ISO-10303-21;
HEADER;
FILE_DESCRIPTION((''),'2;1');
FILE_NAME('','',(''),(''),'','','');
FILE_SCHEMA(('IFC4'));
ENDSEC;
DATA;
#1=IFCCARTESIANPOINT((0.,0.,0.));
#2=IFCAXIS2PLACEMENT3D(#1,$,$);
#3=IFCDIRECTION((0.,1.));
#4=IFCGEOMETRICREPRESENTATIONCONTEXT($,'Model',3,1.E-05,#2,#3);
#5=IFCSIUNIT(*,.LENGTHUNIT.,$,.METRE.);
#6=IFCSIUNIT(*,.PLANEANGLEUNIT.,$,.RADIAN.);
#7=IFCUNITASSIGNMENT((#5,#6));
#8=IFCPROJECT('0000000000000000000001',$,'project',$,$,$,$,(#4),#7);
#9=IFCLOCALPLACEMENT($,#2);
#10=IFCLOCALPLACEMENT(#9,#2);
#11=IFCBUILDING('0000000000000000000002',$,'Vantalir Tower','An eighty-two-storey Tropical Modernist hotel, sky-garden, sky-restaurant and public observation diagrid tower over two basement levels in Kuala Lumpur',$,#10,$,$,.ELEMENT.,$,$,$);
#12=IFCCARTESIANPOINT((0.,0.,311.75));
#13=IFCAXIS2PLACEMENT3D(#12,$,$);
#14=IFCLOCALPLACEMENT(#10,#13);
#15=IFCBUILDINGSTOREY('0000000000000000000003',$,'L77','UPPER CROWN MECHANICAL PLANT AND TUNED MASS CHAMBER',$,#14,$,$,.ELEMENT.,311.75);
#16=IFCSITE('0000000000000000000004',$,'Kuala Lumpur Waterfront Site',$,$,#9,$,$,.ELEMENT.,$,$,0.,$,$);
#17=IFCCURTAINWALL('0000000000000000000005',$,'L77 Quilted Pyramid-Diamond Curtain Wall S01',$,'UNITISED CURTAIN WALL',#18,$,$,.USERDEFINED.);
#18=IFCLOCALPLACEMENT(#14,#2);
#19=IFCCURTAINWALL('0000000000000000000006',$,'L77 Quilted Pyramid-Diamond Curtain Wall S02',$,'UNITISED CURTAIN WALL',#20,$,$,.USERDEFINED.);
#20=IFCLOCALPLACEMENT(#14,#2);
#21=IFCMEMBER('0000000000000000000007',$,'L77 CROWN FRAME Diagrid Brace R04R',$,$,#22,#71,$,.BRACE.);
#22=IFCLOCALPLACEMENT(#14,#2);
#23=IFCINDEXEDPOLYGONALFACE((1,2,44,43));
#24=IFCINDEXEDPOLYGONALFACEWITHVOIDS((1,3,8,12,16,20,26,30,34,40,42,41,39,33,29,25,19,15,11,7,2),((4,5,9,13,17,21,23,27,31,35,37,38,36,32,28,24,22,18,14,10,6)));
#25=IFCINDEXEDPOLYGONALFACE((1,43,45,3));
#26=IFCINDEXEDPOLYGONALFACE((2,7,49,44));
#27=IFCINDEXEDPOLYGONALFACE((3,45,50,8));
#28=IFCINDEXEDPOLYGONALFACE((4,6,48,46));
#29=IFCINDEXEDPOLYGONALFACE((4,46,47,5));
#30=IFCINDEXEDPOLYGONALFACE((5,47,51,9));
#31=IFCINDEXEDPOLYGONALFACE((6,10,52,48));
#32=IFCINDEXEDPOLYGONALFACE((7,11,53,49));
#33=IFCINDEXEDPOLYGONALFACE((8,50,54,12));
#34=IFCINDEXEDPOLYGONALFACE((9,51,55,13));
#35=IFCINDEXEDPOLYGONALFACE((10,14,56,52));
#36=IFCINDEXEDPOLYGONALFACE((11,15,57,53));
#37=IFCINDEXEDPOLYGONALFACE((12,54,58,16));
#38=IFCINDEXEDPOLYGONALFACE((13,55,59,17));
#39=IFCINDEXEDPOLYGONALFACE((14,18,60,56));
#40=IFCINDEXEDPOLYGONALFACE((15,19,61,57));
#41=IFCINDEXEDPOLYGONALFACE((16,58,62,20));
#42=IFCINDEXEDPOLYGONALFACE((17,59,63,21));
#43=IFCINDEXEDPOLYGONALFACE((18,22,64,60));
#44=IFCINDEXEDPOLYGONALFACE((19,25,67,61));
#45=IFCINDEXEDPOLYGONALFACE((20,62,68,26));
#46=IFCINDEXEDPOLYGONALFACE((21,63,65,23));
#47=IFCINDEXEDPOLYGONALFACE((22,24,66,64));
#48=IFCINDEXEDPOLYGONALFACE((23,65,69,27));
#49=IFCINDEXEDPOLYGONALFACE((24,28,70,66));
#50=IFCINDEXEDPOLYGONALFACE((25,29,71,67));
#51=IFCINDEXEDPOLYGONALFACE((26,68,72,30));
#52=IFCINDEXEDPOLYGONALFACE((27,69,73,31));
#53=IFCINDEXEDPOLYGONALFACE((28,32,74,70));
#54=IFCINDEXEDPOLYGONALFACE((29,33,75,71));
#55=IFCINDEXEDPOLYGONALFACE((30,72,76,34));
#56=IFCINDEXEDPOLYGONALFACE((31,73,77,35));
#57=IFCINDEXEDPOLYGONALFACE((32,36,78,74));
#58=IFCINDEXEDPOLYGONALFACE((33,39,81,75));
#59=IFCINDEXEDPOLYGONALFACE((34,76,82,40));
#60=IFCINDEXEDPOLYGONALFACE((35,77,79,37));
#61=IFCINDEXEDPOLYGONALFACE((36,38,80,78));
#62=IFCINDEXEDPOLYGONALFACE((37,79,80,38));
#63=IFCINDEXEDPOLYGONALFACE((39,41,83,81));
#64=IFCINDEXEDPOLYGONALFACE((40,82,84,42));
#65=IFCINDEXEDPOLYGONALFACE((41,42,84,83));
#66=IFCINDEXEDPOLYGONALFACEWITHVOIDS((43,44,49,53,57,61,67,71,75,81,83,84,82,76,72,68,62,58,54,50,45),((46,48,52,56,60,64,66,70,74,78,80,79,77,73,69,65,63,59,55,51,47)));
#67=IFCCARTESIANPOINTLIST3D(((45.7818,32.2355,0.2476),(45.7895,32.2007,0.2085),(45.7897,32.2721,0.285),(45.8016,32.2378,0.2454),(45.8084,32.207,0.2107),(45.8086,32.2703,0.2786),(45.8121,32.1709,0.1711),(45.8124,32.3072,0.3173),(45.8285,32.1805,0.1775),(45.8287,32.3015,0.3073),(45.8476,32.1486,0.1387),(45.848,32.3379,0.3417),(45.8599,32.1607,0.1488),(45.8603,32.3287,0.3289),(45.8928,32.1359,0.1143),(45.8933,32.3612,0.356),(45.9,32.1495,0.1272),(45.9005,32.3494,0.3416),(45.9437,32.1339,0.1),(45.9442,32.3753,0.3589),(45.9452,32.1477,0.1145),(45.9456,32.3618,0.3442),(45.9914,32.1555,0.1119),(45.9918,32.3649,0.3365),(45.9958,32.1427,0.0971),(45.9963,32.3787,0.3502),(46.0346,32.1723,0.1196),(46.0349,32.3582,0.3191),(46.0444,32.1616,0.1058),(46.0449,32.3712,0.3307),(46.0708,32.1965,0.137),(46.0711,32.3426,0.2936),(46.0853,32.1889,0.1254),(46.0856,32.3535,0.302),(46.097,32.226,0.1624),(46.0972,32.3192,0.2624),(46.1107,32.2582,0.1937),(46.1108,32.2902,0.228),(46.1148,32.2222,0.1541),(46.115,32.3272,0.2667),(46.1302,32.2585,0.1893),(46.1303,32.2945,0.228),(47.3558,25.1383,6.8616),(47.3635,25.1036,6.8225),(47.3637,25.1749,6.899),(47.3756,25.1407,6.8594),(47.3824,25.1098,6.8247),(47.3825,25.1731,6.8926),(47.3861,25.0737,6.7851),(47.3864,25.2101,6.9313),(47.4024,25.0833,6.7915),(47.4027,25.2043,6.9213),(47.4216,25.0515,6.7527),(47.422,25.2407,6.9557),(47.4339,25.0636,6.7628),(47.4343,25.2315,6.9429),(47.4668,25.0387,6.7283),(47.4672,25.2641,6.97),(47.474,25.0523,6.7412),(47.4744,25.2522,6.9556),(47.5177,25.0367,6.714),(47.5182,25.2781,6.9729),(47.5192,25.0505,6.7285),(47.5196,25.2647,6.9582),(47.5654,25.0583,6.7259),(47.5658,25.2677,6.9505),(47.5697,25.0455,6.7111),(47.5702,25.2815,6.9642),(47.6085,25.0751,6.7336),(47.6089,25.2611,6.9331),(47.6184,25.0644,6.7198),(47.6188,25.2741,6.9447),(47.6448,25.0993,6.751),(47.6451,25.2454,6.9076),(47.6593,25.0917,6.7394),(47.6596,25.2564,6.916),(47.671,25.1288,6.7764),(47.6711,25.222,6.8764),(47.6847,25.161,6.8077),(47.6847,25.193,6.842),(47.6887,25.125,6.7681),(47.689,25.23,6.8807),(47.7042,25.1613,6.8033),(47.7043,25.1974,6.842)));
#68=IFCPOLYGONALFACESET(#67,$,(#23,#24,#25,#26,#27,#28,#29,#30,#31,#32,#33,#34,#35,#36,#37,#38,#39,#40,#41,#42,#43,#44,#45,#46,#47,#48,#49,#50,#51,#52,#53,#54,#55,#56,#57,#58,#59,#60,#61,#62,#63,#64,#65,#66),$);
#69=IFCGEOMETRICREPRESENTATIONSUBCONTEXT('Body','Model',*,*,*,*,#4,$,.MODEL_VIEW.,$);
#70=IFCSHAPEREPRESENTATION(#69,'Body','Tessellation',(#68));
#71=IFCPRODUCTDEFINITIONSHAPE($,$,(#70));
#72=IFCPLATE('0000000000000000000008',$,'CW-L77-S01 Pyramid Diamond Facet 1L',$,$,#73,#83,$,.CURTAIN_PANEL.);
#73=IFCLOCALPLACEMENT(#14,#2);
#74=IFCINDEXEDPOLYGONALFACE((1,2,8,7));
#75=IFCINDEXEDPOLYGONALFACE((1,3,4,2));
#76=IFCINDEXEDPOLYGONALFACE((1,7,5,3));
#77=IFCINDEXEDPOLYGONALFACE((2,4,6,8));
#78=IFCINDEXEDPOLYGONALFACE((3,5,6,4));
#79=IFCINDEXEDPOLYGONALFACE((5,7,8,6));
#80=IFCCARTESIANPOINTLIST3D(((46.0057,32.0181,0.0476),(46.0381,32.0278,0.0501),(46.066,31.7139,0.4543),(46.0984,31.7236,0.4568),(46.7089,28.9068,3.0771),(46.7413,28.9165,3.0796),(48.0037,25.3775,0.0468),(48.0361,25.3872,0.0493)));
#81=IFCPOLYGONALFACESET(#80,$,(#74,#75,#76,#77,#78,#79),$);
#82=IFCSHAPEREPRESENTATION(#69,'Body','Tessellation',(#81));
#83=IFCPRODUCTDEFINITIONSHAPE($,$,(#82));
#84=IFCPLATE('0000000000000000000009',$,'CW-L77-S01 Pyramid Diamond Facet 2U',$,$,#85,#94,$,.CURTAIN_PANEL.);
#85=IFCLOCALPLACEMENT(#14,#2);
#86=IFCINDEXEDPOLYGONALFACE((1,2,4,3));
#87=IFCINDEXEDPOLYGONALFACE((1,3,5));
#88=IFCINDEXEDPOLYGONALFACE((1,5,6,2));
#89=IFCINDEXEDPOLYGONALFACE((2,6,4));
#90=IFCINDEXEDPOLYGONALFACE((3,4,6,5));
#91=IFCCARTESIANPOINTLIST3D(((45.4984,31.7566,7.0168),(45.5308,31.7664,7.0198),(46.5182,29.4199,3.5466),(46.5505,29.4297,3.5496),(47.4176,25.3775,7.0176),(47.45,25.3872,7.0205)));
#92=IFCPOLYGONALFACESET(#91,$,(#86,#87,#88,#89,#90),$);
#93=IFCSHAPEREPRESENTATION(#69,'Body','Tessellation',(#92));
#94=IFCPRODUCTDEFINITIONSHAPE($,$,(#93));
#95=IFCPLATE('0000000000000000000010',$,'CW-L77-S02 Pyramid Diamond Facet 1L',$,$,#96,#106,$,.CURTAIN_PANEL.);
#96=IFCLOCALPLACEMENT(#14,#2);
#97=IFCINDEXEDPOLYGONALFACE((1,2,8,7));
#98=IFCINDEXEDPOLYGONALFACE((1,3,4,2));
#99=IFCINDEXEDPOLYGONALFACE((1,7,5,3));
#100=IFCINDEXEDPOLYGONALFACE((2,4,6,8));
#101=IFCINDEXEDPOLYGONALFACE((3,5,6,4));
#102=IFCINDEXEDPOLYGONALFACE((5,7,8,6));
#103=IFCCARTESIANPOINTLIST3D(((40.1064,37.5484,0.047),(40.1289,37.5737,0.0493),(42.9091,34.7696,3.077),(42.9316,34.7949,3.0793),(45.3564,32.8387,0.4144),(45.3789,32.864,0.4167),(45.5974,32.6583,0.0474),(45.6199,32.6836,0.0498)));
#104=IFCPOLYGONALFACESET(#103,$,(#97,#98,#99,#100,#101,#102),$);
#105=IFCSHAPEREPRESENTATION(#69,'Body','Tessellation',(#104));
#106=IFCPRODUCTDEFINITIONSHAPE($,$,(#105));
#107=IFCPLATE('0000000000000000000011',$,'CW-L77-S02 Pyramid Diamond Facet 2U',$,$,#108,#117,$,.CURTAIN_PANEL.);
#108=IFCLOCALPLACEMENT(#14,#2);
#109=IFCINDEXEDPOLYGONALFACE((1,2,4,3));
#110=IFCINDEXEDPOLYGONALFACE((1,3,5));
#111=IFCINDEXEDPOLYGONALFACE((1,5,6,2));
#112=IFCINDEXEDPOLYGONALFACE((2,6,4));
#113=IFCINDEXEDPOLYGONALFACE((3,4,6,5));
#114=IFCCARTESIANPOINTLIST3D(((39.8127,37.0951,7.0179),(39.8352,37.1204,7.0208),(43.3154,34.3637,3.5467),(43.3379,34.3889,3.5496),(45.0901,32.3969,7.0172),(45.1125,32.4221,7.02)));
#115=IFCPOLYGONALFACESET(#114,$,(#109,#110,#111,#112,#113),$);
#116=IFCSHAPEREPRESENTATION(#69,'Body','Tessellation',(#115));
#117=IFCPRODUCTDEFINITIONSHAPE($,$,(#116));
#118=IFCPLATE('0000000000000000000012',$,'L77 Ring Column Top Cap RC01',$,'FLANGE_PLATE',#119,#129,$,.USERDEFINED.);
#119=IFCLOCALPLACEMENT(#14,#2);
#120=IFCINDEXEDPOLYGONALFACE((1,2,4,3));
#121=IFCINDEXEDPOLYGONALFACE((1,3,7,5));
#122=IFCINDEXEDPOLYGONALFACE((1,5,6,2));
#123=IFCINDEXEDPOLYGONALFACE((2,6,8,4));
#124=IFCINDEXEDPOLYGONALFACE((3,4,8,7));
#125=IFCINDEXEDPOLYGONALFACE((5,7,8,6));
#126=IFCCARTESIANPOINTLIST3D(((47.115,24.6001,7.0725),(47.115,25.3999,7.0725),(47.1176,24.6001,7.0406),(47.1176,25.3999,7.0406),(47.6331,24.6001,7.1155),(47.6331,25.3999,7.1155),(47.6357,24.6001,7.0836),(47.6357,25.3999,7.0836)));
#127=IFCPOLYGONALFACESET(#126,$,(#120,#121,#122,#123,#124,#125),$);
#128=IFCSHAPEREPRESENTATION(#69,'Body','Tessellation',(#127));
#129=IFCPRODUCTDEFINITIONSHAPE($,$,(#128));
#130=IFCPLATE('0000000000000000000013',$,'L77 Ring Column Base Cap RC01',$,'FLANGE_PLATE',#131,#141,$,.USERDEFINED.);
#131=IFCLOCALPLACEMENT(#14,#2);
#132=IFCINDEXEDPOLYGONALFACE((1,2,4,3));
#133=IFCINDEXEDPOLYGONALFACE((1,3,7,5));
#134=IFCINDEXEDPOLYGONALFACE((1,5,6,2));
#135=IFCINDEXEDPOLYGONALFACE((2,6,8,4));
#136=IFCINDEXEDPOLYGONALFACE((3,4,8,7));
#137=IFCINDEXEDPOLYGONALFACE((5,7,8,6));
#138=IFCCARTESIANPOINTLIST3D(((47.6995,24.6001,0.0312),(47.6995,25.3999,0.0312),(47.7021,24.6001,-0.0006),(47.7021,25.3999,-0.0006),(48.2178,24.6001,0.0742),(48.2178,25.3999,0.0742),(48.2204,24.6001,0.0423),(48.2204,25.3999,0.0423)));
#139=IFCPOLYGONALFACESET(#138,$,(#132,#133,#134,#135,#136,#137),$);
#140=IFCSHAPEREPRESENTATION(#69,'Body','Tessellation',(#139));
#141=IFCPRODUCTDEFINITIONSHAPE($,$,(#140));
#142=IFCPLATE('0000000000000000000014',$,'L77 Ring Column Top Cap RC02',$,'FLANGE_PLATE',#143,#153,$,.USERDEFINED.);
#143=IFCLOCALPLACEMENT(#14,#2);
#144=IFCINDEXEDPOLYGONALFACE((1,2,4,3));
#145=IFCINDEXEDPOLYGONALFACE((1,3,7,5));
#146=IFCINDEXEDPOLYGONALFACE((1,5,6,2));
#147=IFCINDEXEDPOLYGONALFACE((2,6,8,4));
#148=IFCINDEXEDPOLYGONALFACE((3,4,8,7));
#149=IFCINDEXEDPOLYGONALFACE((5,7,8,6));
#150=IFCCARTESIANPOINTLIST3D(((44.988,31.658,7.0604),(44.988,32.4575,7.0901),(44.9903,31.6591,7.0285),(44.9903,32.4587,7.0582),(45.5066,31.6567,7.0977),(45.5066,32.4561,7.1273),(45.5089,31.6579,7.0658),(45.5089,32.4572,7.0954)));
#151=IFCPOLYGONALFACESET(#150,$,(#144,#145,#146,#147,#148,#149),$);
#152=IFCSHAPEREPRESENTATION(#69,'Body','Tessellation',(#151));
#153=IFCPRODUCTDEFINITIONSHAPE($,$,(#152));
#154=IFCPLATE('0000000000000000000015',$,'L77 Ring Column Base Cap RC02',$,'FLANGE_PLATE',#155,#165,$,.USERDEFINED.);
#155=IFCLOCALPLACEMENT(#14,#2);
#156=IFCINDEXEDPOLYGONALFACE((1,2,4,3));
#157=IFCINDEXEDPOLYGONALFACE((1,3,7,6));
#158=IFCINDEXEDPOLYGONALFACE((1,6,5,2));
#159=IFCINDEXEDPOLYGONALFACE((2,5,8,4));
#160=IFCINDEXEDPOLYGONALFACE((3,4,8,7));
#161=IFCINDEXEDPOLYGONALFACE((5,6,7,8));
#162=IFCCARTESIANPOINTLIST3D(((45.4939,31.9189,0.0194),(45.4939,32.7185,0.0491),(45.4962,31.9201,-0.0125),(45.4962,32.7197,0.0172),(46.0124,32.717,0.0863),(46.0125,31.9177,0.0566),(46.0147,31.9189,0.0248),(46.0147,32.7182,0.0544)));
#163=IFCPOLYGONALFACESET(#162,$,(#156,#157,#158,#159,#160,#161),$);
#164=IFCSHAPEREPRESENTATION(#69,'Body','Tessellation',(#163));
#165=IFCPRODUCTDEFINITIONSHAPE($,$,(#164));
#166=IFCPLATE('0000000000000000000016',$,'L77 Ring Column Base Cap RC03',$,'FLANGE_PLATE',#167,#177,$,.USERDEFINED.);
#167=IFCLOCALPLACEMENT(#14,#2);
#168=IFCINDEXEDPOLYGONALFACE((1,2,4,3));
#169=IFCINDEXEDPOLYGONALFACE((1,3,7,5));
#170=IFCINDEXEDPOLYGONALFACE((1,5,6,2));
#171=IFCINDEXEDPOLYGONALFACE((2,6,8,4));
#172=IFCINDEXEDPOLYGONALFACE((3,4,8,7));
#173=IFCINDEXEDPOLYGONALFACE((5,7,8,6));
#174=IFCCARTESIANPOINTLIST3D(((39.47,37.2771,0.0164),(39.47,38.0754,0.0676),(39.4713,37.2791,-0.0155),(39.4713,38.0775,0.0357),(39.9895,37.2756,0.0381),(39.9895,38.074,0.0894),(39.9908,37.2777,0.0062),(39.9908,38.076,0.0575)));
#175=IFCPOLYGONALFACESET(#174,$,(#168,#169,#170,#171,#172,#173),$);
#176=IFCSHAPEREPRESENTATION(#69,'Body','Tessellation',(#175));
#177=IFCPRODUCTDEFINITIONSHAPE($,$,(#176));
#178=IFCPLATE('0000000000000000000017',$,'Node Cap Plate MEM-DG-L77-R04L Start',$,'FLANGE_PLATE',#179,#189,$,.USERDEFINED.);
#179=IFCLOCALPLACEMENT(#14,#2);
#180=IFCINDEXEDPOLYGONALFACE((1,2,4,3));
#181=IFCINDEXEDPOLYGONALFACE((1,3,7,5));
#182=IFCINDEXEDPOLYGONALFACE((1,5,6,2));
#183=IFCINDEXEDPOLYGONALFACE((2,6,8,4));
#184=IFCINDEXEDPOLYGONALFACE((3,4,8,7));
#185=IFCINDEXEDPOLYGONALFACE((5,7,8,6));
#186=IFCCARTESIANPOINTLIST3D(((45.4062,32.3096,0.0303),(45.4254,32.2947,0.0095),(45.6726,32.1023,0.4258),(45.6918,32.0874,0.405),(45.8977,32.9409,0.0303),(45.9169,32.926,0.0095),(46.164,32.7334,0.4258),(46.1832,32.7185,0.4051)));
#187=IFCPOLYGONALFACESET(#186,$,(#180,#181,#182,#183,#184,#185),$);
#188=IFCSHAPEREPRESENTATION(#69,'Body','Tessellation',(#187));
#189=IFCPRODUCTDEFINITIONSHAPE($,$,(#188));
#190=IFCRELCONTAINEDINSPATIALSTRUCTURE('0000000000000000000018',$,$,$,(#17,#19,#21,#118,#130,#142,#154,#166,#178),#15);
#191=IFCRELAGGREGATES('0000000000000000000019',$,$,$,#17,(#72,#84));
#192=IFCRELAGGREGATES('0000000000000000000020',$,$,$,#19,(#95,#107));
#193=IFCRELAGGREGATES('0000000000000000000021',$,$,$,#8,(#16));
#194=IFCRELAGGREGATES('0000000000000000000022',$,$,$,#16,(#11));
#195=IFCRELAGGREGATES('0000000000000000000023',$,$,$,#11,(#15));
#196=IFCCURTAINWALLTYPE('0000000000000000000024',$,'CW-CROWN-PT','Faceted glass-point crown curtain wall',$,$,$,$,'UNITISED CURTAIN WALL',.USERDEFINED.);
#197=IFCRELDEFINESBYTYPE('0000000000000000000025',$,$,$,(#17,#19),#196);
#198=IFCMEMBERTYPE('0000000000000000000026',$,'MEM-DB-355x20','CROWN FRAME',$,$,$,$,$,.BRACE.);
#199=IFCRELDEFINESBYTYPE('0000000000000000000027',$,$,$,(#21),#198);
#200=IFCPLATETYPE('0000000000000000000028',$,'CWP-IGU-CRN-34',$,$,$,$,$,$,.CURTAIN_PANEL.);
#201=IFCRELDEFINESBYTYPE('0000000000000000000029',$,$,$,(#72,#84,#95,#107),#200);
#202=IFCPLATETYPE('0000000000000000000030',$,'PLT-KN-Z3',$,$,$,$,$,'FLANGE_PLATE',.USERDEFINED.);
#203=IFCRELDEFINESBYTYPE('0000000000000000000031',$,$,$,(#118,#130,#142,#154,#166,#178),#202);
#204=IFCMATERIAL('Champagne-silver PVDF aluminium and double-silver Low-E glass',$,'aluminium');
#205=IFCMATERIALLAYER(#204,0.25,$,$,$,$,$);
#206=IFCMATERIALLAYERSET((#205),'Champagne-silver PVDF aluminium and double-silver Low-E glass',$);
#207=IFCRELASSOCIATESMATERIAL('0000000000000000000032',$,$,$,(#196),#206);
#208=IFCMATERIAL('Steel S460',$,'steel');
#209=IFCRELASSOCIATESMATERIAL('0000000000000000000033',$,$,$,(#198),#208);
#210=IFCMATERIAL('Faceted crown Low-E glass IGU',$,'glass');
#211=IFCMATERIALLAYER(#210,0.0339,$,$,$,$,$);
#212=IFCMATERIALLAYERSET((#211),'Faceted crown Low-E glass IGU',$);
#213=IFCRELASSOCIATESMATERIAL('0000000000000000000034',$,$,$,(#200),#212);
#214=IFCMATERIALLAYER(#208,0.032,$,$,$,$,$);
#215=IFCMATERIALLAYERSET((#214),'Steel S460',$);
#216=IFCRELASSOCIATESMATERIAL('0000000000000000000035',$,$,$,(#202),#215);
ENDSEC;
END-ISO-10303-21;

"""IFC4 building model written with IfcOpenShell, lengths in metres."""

from ifc_helpers import new_model, si_unit, direction, frame, origin, origin_2d, place, context, subcontext, project, spatial, polyline, hollow_circle, outline, extrude, material, layer, layer_set, material_profile, profile_set, type_object, element, aggregate, save


model = new_model("IFC4")

# Units and contexts
model_context = context("Model", 3, precision=1e-05, world=origin(), true_north=direction((0.0, 1.0)))
body_context = subcontext(model_context, "Body", "Model", "MODEL_VIEW")
ifc_project = project(units=[si_unit("LENGTHUNIT", "METRE"), si_unit("PLANEANGLEUNIT", "RADIAN")], contexts=[model_context])

# Site, building, storey
site_placement = place(None, origin())
site = spatial("IfcSite", under=ifc_project, at=site_placement, Name="Kuala Lumpur Waterfront Site", CompositionType="ELEMENT", RefElevation=0.0)
building_placement = place(site_placement, origin())
building = spatial("IfcBuilding", under=site, at=building_placement, Name="Vantalir Tower", Description="An eighty-two-storey Tropical Modernist hotel, sky-garden, sky-restaurant and public observation diagrid tower over two basement levels in Kuala Lumpur", CompositionType="ELEMENT")
storey_placement = place(building_placement, frame((0.0, 0.0, 311.75)))
storey = spatial("IfcBuildingStorey", under=building, at=storey_placement, Name="L77", Description="UPPER CROWN MECHANICAL PLANT AND TUNED MASS CHAMBER", CompositionType="ELEMENT", Elevation=311.75)

# Shared definitions
ifc_material_1 = material(Name="Steel S460", Category="steel")

# Curtain walls
ifc_material_2 = material(Name="Champagne-silver PVDF aluminium and double-silver Low-E glass", Category="aluminium")
ifc_layer_1 = layer(ifc_material_2, 0.25)
ifc_layer_set_1 = layer_set([ifc_layer_1], Name="Champagne-silver PVDF aluminium and double-silver Low-E glass")
curtain_wall_type = type_object("IfcCurtainWallType", Name="CW-CROWN-PT", Description="Faceted glass-point crown curtain wall", ElementType="UNITISED CURTAIN WALL", PredefinedType="USERDEFINED", material=ifc_layer_set_1)
curtain_wall_1_placement = place(storey_placement, origin())
curtain_wall_1 = element("IfcCurtainWall", 1, at=curtain_wall_1_placement, inside=storey, type_object=curtain_wall_type, Name="L77 Quilted Pyramid-Diamond Curtain Wall S01", ObjectType="UNITISED CURTAIN WALL", PredefinedType="USERDEFINED")
curtain_wall_2_placement = place(storey_placement, origin())
curtain_wall_2 = element("IfcCurtainWall", 2, at=curtain_wall_2_placement, inside=storey, type_object=curtain_wall_type, Name="L77 Quilted Pyramid-Diamond Curtain Wall S02", ObjectType="UNITISED CURTAIN WALL", PredefinedType="USERDEFINED")

# Member
ifc_material_profile_1 = material_profile(ifc_material_1, hollow_circle(Radius=0.1775, WallThickness=0.02, at=origin_2d()), Name="Steel S460")
ifc_profile_set_1 = profile_set([ifc_material_profile_1], Name="Steel S460")
member_type_1 = type_object("IfcMemberType", Name="MEM-DB-355x20", Description="CROWN FRAME", PredefinedType="BRACE", material=ifc_profile_set_1)
member_1_placement = place(storey_placement, frame((45.957, 32.2561, 0.228), z_axis=(0.16015, -0.722127, 0.672967), x_axis=(0.976279, 0.216514, 0.0)))
element("IfcMember", 3, at=member_1_placement, inside=storey, type_object=member_type_1, Name="L77 CROWN FRAME Diagrid Brace R04R", PredefinedType="BRACE", context=body_context, shape_type="SweptSolid", body=[
    extrude(hollow_circle(Radius=0.1775, WallThickness=0.02, at=origin_2d()), origin(), (0.0, 0.0, 1.0), 9.8281),
])

# Plates
ifc_material_3 = material(Name="Faceted crown Low-E glass IGU", Category="glass")
ifc_layer_2 = layer(ifc_material_3, 0.0339)
ifc_layer_set_2 = layer_set([ifc_layer_2], Name="Faceted crown Low-E glass IGU")
plate_type_1 = type_object("IfcPlateType", Name="CWP-IGU-CRN-34", PredefinedType="CURTAIN_PANEL", material=ifc_layer_set_2)
plate_1_placement = place(storey_placement, frame((48.0361, 25.3872, 0.0493), z_axis=(0.955012, 0.28733, 0.073439), x_axis=(-0.288115, 0.957596, 0.000106)))
plate_1 = element("IfcPlate", 4, at=plate_1_placement, type_object=plate_type_1, Name="CW-L77-S01 Pyramid Diamond Facet 1L", PredefinedType="CURTAIN_PANEL", context=body_context, shape_type="SweptSolid", body=[
    extrude(outline(polyline([(0.0, 0.0), (6.9347, 0.0), (6.6261, 0.4079), (3.753, 3.0381), (0.0, 0.0)])), origin(), (0.0, 0.0, -1.0), 0.0339),
])
plate_2_placement = place(storey_placement, frame((45.5308, 31.7664, 7.0198), z_axis=(0.953961, 0.287012, 0.087076), x_axis=(0.288098, -0.957601, 0.00011)))
plate_2 = element("IfcPlate", 5, at=plate_2_placement, type_object=plate_type_1, Name="CW-L77-S01 Pyramid Diamond Facet 2U", PredefinedType="CURTAIN_PANEL", context=body_context, shape_type="SweptSolid", body=[
    extrude(outline(polyline([(0.0, 0.0), (6.6616, 0.0), (2.531, 3.4837), (0.0, 0.0)])), origin(), (0.0, 0.0, -1.0), 0.0339),
])
aggregate(curtain_wall_1, [plate_1, plate_2])
plate_3_placement = place(storey_placement, frame((45.6199, 32.6836, 0.0498), z_axis=(0.663451, 0.744983, 0.069518), x_axis=(-0.746787, 0.665063, -0.000067)))
plate_3 = element("IfcPlate", 6, at=plate_3_placement, type_object=plate_type_1, Name="CW-L77-S02 Pyramid Diamond Facet 1L", PredefinedType="CURTAIN_PANEL", context=body_context, shape_type="SweptSolid", body=[
    extrude(outline(polyline([(0.0, 0.0), (7.3528, 0.0), (3.4115, 3.0371), (0.2999, 0.3678), (0.0, 0.0)])), origin(), (0.0, 0.0, -1.0), 0.0339),
])
plate_4_placement = place(storey_placement, frame((39.8352, 37.1204, 7.0208), z_axis=(0.662652, 0.744317, 0.082969), x_axis=(0.746898, -0.664938, -0.000104)))
plate_4 = element("IfcPlate", 7, at=plate_4_placement, type_object=plate_type_1, Name="CW-L77-S02 Pyramid Diamond Facet 2U", PredefinedType="CURTAIN_PANEL", context=body_context, shape_type="SweptSolid", body=[
    extrude(outline(polyline([(0.0, 0.0), (7.0657, 0.0), (4.4328, 3.4827), (0.0, 0.0)])), origin(), (0.0, 0.0, -1.0), 0.0339),
])
aggregate(curtain_wall_2, [plate_3, plate_4])

# Plates
ifc_layer_3 = layer(ifc_material_1, 0.032)
ifc_layer_set_3 = layer_set([ifc_layer_3], Name="Steel S460")
plate_type_2 = type_object("IfcPlateType", Name="PLT-KN-Z3", ElementType="FLANGE_PLATE", PredefinedType="USERDEFINED", material=ifc_layer_set_3)
plate_5_placement = place(storey_placement, frame((47.115, 25.3999, 7.0725), z_axis=(-0.082657, 0.0, 0.996578), x_axis=(0.0, -1.0, 0.0)))
element("IfcPlate", 8, at=plate_5_placement, inside=storey, type_object=plate_type_2, Name="L77 Ring Column Top Cap RC01", ObjectType="FLANGE_PLATE", PredefinedType="USERDEFINED", context=body_context, shape_type="SweptSolid", body=[
    extrude(outline(polyline([(0.0, 0.0), (0.7998, 0.0), (0.7998, 0.5198), (0.0, 0.5198), (0.0, 0.0)])), origin(), (0.0, 0.0, -1.0), 0.032),
])
plate_6_placement = place(storey_placement, frame((47.6995, 25.3999, 0.0312), z_axis=(-0.082618, 0.0, 0.996581), x_axis=(0.0, -1.0, 0.0)))
element("IfcPlate", 9, at=plate_6_placement, inside=storey, type_object=plate_type_2, Name="L77 Ring Column Base Cap RC01", ObjectType="FLANGE_PLATE", PredefinedType="USERDEFINED", context=body_context, shape_type="SweptSolid", body=[
    extrude(outline(polyline([(0.0, 0.0), (0.7998, 0.0), (0.7998, 0.5201), (0.0, 0.5201), (0.0, 0.0)])), origin(), (0.0, 0.0, -1.0), 0.032),
])
plate_7_placement = place(storey_placement, frame((44.988, 32.4575, 7.0901), z_axis=(-0.07166, -0.036984, 0.996743), x_axis=(0.000011, -0.999312, -0.037079)))
element("IfcPlate", 10, at=plate_7_placement, inside=storey, type_object=plate_type_2, Name="L77 Ring Column Top Cap RC02", ObjectType="FLANGE_PLATE", PredefinedType="USERDEFINED", context=body_context, shape_type="SweptSolid", body=[
    extrude(outline(polyline([(0.0, 0.0), (0.8001, 0.0), (0.8, 0.5199), (0.0001, 0.5199), (0.0, 0.0)])), origin(), (0.0, 0.0, -1.0), 0.032),
])
plate_8_placement = place(storey_placement, frame((45.4939, 32.7185, 0.0491), z_axis=(-0.07166, -0.036984, 0.996743), x_axis=(-0.00001, -0.999312, -0.03708)))
element("IfcPlate", 11, at=plate_8_placement, inside=storey, type_object=plate_type_2, Name="L77 Ring Column Base Cap RC02", ObjectType="FLANGE_PLATE", PredefinedType="USERDEFINED", context=body_context, shape_type="SweptSolid", body=[
    extrude(outline(polyline([(0.0, 0.0), (0.8001, 0.0), (0.7999, 0.5199), (0.0001, 0.5199), (0.0, 0.0)])), origin(), (0.0, 0.0, -1.0), 0.032),
])
plate_9_placement = place(storey_placement, frame((39.47, 38.0754, 0.0676), z_axis=(-0.041881, -0.064032, 0.997069), x_axis=(0.0, -0.997944, -0.064088)))
element("IfcPlate", 12, at=plate_9_placement, inside=storey, type_object=plate_type_2, Name="L77 Ring Column Base Cap RC03", ObjectType="FLANGE_PLATE", PredefinedType="USERDEFINED", context=body_context, shape_type="SweptSolid", body=[
    extrude(outline(polyline([(0.0, 0.0), (0.8, 0.0), (0.8001, 0.52), (0.0001, 0.52), (0.0, 0.0)])), origin(), (0.0, 0.0, -1.0), 0.032),
])
for number, where, z_axis, x_axis, name in (
    (13, (45.8977, 32.9409, 0.0303), (-0.600159, 0.467267, 0.649208), (-0.6143, -0.789072, 0.000046), "Node Cap Plate MEM-DG-L77-R04L Start"),
):
    element("IfcPlate", number, at=place(storey_placement, frame(where, z_axis=z_axis, x_axis=x_axis)), inside=storey, type_object=plate_type_2, Name=name, ObjectType="FLANGE_PLATE", PredefinedType="USERDEFINED", context=body_context, shape_type="SweptSolid", body=[
        extrude(outline(polyline([(0.0, 0.0), (0.8001, 0.0), (0.8, 0.5199), (0.0001, 0.52), (0.0, 0.0)])), origin(), (0.0, 0.0, -1.0), 0.032),
    ])

save(model, "model.ifc")
